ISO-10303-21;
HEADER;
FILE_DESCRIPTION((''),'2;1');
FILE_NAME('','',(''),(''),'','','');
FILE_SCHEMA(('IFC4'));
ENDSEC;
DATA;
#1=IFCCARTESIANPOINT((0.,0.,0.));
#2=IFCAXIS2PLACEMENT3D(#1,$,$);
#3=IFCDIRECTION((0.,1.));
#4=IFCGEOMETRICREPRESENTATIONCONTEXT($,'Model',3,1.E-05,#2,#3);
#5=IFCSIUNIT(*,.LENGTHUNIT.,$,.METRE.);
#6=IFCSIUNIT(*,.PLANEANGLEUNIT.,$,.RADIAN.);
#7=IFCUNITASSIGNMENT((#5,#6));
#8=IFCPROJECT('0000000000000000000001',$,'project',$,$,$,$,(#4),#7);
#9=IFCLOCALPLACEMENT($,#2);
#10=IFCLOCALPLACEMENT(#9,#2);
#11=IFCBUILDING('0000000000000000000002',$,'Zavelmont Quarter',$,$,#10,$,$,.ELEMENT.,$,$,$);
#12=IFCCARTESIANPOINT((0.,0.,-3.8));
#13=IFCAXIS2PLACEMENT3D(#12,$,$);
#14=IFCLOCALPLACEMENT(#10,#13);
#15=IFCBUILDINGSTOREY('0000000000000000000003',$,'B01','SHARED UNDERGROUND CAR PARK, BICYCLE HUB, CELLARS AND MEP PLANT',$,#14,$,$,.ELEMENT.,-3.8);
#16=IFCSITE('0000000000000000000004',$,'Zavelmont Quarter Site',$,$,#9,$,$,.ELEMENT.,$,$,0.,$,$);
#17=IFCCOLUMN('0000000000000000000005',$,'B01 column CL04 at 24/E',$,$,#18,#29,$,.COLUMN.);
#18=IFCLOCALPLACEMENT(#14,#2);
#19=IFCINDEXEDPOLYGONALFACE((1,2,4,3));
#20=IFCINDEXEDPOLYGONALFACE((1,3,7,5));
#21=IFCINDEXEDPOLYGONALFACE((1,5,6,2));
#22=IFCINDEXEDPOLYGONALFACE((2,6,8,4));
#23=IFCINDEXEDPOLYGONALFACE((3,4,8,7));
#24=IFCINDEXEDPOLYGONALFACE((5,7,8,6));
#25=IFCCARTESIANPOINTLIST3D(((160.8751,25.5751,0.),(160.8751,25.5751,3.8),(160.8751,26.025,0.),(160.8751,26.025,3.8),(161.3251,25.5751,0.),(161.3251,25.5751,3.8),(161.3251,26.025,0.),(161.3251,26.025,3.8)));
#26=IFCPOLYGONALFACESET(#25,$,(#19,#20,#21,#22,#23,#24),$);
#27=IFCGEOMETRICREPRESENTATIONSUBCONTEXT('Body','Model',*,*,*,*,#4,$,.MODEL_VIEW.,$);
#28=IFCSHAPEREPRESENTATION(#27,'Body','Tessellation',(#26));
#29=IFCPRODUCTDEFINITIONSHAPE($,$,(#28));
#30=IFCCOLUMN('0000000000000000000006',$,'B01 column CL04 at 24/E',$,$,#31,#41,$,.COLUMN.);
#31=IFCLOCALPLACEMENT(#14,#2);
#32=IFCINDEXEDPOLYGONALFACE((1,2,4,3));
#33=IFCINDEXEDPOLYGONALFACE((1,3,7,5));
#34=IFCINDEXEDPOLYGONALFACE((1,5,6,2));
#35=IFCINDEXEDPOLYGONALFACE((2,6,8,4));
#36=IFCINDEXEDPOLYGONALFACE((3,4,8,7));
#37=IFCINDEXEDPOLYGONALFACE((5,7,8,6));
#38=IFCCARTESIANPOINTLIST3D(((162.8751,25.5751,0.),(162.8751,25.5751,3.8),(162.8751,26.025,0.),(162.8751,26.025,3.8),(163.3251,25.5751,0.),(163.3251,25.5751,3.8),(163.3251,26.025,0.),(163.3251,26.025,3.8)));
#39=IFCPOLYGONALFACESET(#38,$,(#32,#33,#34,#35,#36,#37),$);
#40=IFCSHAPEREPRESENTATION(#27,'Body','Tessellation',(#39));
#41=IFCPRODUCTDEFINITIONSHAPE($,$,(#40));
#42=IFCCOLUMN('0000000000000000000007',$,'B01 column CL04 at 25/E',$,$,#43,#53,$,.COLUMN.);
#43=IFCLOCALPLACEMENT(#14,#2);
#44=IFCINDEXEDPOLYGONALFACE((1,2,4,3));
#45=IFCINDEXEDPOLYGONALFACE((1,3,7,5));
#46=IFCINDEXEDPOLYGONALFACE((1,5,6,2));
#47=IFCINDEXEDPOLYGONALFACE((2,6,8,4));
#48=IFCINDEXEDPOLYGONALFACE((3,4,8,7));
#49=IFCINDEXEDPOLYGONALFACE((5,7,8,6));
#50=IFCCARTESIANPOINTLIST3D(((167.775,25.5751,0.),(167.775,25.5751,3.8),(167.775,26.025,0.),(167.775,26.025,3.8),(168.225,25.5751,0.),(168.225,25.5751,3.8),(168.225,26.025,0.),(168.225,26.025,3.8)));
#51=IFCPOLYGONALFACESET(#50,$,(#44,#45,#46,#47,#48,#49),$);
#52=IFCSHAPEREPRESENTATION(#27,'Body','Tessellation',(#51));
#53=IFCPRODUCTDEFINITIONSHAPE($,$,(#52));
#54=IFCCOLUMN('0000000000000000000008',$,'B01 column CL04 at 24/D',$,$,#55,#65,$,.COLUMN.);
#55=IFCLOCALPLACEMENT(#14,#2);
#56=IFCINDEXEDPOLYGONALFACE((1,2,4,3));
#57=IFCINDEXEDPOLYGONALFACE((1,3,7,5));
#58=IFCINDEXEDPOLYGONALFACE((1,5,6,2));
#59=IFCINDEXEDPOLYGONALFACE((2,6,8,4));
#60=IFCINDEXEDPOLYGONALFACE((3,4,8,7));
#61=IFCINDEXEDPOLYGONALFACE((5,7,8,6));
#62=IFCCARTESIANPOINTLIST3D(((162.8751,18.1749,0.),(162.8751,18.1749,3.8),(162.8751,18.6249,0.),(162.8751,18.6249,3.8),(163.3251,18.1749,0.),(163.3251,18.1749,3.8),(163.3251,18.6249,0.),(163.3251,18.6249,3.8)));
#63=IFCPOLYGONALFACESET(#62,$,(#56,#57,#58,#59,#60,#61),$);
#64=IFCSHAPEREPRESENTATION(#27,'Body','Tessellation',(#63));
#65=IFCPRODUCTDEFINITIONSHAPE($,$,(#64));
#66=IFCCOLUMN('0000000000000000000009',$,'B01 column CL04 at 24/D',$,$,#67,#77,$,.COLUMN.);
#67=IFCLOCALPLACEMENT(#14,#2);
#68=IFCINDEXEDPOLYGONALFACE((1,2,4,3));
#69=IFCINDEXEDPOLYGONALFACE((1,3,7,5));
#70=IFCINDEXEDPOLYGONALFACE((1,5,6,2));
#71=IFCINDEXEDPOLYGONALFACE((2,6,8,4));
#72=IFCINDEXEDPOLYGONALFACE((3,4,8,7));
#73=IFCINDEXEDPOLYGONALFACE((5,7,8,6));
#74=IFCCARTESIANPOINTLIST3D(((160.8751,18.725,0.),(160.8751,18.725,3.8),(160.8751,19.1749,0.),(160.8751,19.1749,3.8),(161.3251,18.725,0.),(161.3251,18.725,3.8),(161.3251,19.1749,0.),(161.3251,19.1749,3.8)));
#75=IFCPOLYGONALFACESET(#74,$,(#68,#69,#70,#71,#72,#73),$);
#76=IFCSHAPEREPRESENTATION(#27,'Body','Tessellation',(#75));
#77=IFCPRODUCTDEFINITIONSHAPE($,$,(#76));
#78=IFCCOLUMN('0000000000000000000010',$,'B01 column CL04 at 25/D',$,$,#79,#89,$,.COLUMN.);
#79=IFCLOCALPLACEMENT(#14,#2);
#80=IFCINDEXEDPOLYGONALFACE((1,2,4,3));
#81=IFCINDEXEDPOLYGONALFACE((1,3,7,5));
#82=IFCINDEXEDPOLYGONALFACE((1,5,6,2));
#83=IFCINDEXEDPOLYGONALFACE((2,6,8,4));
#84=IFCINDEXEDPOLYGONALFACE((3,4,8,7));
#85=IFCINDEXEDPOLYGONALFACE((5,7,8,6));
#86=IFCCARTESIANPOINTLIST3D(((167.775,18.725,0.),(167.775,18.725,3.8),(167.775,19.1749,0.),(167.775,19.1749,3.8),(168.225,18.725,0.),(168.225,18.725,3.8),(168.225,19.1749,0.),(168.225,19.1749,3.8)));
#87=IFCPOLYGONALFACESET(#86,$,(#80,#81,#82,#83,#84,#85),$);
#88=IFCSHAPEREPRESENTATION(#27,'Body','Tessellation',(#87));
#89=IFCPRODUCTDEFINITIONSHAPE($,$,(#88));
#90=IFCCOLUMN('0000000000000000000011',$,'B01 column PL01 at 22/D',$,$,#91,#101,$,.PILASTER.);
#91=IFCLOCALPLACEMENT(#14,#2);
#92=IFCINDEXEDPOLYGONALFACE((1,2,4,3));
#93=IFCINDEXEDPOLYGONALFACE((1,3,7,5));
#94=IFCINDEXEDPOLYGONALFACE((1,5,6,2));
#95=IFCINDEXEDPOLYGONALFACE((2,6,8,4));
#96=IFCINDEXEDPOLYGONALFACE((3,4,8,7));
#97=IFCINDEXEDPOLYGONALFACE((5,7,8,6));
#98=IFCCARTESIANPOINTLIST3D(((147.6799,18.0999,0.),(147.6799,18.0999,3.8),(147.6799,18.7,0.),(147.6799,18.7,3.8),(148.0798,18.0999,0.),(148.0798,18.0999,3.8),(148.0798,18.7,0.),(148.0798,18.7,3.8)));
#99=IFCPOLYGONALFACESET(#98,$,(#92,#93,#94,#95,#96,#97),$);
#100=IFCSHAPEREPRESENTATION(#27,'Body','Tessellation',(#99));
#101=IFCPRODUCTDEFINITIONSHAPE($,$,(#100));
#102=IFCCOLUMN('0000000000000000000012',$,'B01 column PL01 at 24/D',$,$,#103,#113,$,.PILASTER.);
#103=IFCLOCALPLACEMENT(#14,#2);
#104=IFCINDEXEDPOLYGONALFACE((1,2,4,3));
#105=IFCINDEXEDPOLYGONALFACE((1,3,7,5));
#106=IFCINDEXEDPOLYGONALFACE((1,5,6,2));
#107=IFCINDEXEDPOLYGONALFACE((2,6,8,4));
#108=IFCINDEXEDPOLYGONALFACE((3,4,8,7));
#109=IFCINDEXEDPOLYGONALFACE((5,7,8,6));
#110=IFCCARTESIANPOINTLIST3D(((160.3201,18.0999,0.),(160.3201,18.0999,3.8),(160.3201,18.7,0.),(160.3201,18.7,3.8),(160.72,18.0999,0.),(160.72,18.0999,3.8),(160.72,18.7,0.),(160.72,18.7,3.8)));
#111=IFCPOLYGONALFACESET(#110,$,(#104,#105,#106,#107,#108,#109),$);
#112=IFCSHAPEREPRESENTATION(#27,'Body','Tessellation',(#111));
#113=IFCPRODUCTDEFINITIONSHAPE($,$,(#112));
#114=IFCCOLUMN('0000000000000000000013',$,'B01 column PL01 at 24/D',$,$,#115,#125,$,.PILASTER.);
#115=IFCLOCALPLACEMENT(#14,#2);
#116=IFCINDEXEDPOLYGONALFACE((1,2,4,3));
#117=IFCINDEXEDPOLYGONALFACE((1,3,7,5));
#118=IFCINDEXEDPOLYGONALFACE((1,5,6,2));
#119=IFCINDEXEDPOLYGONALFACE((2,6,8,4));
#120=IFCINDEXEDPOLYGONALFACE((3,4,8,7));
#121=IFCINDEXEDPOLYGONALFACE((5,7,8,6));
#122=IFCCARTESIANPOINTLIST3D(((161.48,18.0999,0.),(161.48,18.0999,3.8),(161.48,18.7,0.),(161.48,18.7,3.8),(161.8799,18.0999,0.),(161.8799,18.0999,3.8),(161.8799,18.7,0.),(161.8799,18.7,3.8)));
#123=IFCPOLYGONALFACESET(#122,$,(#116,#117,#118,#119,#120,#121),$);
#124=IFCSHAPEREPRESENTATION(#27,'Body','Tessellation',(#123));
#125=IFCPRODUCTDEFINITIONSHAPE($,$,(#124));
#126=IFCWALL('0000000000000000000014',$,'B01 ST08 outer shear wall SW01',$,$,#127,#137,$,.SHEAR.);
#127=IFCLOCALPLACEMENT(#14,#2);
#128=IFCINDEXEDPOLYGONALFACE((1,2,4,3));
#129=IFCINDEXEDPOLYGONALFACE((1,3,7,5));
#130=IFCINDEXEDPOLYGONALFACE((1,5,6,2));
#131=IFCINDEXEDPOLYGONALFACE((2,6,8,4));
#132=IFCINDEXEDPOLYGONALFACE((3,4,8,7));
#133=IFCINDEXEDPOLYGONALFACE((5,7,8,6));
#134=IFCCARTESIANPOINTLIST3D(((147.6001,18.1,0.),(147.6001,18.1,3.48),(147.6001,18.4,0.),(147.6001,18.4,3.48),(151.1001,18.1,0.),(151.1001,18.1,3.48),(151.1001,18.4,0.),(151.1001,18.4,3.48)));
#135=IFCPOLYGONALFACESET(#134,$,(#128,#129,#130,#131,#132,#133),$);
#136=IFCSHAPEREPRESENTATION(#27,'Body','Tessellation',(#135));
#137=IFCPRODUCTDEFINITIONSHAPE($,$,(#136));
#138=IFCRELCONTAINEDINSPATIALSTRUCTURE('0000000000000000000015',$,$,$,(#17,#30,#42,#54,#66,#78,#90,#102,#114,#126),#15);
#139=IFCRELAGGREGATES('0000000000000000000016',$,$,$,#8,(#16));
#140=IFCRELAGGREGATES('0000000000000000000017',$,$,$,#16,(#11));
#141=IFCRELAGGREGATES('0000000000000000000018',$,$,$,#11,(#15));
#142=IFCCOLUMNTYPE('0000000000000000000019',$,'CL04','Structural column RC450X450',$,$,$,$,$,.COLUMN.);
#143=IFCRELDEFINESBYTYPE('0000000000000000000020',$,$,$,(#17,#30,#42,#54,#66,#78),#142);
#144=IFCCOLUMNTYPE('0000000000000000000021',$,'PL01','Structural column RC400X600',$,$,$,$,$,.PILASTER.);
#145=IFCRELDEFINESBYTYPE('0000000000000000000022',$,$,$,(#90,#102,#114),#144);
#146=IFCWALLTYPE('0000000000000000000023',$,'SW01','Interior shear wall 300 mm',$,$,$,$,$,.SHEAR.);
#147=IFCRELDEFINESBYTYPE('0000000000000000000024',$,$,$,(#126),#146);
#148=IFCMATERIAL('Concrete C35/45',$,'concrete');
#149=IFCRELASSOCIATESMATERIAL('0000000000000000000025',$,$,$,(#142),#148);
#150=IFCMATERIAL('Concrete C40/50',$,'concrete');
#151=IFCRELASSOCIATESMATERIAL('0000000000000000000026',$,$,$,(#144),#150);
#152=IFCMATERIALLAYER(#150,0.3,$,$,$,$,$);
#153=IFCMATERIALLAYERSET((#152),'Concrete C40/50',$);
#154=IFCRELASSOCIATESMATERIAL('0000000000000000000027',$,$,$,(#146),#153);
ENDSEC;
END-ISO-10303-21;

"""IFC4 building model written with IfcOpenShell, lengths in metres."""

from ifc_helpers import new_model, si_unit, direction, frame, frame_2d, origin, origin_2d, place, context, subcontext, project, spatial, rectangle, extrude, material, layer, layer_set, material_profile, profile_set, type_object, element, save


model = new_model("IFC4")

# Units and contexts
model_context = context("Model", 3, precision=1e-05, world=origin(), true_north=direction((0.0, 1.0)))
body_context = subcontext(model_context, "Body", "Model", "MODEL_VIEW")
ifc_project = project(units=[si_unit("LENGTHUNIT", "METRE"), si_unit("PLANEANGLEUNIT", "RADIAN")], contexts=[model_context])

# Site, building, storey
site_placement = place(None, origin())
site = spatial("IfcSite", under=ifc_project, at=site_placement, Name="Zavelmont Quarter Site", CompositionType="ELEMENT", RefElevation=0.0)
building_placement = place(site_placement, origin())
building = spatial("IfcBuilding", under=site, at=building_placement, Name="Zavelmont Quarter", CompositionType="ELEMENT")
storey_placement = place(building_placement, frame((0.0, 0.0, -3.8)))
storey = spatial("IfcBuildingStorey", under=building, at=storey_placement, Name="B01", Description="SHARED UNDERGROUND CAR PARK, BICYCLE HUB, CELLARS AND MEP PLANT", CompositionType="ELEMENT", Elevation=-3.8)

# Shared definitions
ifc_material_1 = material(Name="Concrete C35/45", Category="concrete")

# Columns
ifc_material_2 = material(Name="Concrete C40/50", Category="concrete")
ifc_material_profile_1 = material_profile(ifc_material_1, rectangle(XDim=0.45, YDim=0.45, at=origin_2d()), Name="RC450X450")
ifc_profile_set_1 = profile_set([ifc_material_profile_1], Name="Concrete C35/45")
column_type_1 = type_object("IfcColumnType", Name="CL04", Description="Structural column RC450X450", PredefinedType="COLUMN", material=ifc_profile_set_1)
for number, where, z_axis, x_axis, name in (
    (1, (161.1001, 25.8, 0.0), (0.0, 0.0, 1.0), (1.0, 0.0, 0.0), "B01 column CL04 at 24/E"),
    (2, (163.1001, 25.8, 0.0), (0.0, 0.0, 1.0), (1.0, 0.0, 0.0), "B01 column CL04 at 24/E"),
    (3, (168.0, 25.8, 0.0), (0.0, 0.0, 1.0), (1.0, 0.0, 0.0), "B01 column CL04 at 25/E"),
    (4, (163.1001, 18.3999, 0.0), (0.0, 0.0, 1.0), (1.0, 0.0, 0.0), "B01 column CL04 at 24/D"),
    (5, (161.1001, 18.95, 0.0), (0.0, 0.0, 1.0), (1.0, 0.0, 0.0), "B01 column CL04 at 24/D"),
    (6, (168.0, 18.95, 0.0), (0.0, 0.0, 1.0), (1.0, 0.0, 0.0), "B01 column CL04 at 25/D"),
):
    element("IfcColumn", number, at=place(storey_placement, frame(where, z_axis=z_axis, x_axis=x_axis)), inside=storey, type_object=column_type_1, Name=name, PredefinedType="COLUMN", context=body_context, shape_type="SweptSolid", body=[
        extrude(rectangle(XDim=0.45, YDim=0.45, at=origin_2d()), origin(), (0.0, 0.0, 1.0), 3.8),
    ])
ifc_material_profile_2 = material_profile(ifc_material_2, rectangle(XDim=0.3999, YDim=0.6001, at=origin_2d()), Name="RC400X600")
ifc_profile_set_2 = profile_set([ifc_material_profile_2], Name="Concrete C40/50")
column_type_2 = type_object("IfcColumnType", Name="PL01", Description="Structural column RC400X600", PredefinedType="PILASTER", material=ifc_profile_set_2)
for number, where, z_axis, x_axis, name in (
    (7, (147.8799, 18.3999, 0.0), (0.0, 0.0, 1.0), (1.0, 0.0, 0.0), "B01 column PL01 at 22/D"),
    (8, (160.52, 18.3999, 0.0), (0.0, 0.0, 1.0), (1.0, 0.0, 0.0), "B01 column PL01 at 24/D"),
    (9, (161.6799, 18.3999, 0.0), (0.0, 0.0, 1.0), (1.0, 0.0, 0.0), "B01 column PL01 at 24/D"),
):
    element("IfcColumn", number, at=place(storey_placement, frame(where, z_axis=z_axis, x_axis=x_axis)), inside=storey, type_object=column_type_2, Name=name, PredefinedType="PILASTER", context=body_context, shape_type="SweptSolid", body=[
        extrude(rectangle(XDim=0.3999, YDim=0.6001, at=origin_2d()), origin(), (0.0, 0.0, 1.0), 3.8),
    ])

# Wall
ifc_layer = layer(ifc_material_2, 0.3)
ifc_layer_set = layer_set([ifc_layer], Name="Concrete C40/50")
wall_type = type_object("IfcWallType", Name="SW01", Description="Interior shear wall 300 mm", PredefinedType="SHEAR", material=ifc_layer_set)
wall_placement = place(storey_placement, frame((147.6001, 18.25, 0.0), z_axis=(0.0, 0.0, 1.0), x_axis=(1.0, 0.0, 0.0)))
element("IfcWall", 10, at=wall_placement, inside=storey, type_object=wall_type, Name="B01 ST08 outer shear wall SW01", PredefinedType="SHEAR", context=body_context, shape_type="SweptSolid", body=[
    extrude(rectangle(XDim=3.5, YDim=0.3, at=frame_2d((1.75, 0.0))), origin(), (0.0, 0.0, 1.0), 3.48),
])

save(model, "model.ifc")
